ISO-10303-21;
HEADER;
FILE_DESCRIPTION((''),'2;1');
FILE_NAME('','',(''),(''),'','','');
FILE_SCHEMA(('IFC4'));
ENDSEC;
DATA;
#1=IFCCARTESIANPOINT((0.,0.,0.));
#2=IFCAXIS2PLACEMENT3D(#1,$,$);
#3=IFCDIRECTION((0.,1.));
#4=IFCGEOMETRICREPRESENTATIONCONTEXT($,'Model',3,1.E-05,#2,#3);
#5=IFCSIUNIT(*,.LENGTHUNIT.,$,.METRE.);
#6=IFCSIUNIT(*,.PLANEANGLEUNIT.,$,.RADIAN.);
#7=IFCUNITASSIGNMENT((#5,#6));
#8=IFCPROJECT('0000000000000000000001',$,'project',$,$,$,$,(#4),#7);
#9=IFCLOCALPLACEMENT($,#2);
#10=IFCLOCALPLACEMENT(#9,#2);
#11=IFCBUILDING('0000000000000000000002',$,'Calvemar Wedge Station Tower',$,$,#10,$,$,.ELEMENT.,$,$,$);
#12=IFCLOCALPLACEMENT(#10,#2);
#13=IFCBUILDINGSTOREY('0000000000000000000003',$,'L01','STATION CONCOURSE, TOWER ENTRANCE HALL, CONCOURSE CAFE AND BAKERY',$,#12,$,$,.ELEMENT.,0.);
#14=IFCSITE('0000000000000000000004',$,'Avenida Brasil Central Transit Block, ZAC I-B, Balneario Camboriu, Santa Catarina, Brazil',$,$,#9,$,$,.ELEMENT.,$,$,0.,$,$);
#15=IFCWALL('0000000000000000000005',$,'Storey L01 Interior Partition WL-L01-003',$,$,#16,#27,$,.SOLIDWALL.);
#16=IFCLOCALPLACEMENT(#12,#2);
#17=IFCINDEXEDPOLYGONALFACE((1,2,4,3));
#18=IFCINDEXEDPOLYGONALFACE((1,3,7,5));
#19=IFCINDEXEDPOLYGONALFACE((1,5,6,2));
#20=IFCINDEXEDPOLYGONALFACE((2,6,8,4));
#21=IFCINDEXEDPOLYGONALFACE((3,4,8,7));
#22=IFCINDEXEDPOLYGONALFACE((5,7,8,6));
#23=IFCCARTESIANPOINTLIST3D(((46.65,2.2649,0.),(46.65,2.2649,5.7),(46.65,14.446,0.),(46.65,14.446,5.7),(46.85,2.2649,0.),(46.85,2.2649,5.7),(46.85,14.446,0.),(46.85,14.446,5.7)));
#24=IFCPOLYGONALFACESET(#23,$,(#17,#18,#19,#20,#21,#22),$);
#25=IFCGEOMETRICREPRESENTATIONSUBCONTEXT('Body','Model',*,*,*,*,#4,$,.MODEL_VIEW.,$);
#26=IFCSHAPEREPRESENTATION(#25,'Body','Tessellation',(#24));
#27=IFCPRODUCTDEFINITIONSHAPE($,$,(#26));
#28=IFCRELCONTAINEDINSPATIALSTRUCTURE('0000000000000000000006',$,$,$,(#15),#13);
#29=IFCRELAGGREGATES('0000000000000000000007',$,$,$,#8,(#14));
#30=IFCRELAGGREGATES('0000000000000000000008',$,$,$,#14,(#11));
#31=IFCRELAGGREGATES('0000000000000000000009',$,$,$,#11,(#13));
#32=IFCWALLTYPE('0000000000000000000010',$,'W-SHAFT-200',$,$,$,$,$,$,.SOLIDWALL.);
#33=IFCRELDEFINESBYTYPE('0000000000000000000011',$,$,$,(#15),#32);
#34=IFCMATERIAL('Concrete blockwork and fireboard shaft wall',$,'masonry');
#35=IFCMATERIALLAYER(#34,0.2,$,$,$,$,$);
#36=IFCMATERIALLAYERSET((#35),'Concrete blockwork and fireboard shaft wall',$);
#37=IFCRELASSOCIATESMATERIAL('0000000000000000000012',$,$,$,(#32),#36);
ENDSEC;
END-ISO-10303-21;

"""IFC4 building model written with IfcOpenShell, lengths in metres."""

from ifc_helpers import new_model, si_unit, direction, frame, frame_2d, origin, place, context, subcontext, project, spatial, rectangle, extrude, material, layer, layer_set, type_object, element, save


model = new_model("IFC4")

# Units and contexts
model_context = context("Model", 3, precision=1e-05, world=origin(), true_north=direction((0.0, 1.0)))
body_context = subcontext(model_context, "Body", "Model", "MODEL_VIEW")
ifc_project = project(units=[si_unit("LENGTHUNIT", "METRE"), si_unit("PLANEANGLEUNIT", "RADIAN")], contexts=[model_context])

# Site, building, storey
site_placement = place(None, origin())
site = spatial("IfcSite", under=ifc_project, at=site_placement, Name="Avenida Brasil Central Transit Block, ZAC I-B, Balneario Camboriu, Santa Catarina, Brazil", CompositionType="ELEMENT", RefElevation=0.0)
building_placement = place(site_placement, origin())
building = spatial("IfcBuilding", under=site, at=building_placement, Name="Calvemar Wedge Station Tower", CompositionType="ELEMENT")
storey_placement = place(building_placement, origin())
storey = spatial("IfcBuildingStorey", under=building, at=storey_placement, Name="L01", Description="STATION CONCOURSE, TOWER ENTRANCE HALL, CONCOURSE CAFE AND BAKERY", CompositionType="ELEMENT", Elevation=0.0)

# Wall
ifc_material_1 = material(Name="Concrete blockwork and fireboard shaft wall", Category="masonry")
ifc_layer_1 = layer(ifc_material_1, 0.2)
ifc_layer_set_1 = layer_set([ifc_layer_1], Name="Concrete blockwork and fireboard shaft wall")
wall_type_1 = type_object("IfcWallType", Name="W-SHAFT-200", PredefinedType="SOLIDWALL", material=ifc_layer_set_1)
wall_1_placement = place(storey_placement, frame((46.75, 14.446, 0.0), z_axis=(0.0, 0.0, 1.0), x_axis=(0.0, -1.0, 0.0)))
element("IfcWall", 1, at=wall_1_placement, inside=storey, type_object=wall_type_1, Name="Storey L01 Interior Partition WL-L01-003", PredefinedType="SOLIDWALL", context=body_context, shape_type="SweptSolid", body=[
    extrude(rectangle(XDim=12.1812, YDim=0.2, at=frame_2d((6.0906, 0.0))), origin(), (0.0, 0.0, 1.0), 5.7),
])

save(model, "model.ifc")
